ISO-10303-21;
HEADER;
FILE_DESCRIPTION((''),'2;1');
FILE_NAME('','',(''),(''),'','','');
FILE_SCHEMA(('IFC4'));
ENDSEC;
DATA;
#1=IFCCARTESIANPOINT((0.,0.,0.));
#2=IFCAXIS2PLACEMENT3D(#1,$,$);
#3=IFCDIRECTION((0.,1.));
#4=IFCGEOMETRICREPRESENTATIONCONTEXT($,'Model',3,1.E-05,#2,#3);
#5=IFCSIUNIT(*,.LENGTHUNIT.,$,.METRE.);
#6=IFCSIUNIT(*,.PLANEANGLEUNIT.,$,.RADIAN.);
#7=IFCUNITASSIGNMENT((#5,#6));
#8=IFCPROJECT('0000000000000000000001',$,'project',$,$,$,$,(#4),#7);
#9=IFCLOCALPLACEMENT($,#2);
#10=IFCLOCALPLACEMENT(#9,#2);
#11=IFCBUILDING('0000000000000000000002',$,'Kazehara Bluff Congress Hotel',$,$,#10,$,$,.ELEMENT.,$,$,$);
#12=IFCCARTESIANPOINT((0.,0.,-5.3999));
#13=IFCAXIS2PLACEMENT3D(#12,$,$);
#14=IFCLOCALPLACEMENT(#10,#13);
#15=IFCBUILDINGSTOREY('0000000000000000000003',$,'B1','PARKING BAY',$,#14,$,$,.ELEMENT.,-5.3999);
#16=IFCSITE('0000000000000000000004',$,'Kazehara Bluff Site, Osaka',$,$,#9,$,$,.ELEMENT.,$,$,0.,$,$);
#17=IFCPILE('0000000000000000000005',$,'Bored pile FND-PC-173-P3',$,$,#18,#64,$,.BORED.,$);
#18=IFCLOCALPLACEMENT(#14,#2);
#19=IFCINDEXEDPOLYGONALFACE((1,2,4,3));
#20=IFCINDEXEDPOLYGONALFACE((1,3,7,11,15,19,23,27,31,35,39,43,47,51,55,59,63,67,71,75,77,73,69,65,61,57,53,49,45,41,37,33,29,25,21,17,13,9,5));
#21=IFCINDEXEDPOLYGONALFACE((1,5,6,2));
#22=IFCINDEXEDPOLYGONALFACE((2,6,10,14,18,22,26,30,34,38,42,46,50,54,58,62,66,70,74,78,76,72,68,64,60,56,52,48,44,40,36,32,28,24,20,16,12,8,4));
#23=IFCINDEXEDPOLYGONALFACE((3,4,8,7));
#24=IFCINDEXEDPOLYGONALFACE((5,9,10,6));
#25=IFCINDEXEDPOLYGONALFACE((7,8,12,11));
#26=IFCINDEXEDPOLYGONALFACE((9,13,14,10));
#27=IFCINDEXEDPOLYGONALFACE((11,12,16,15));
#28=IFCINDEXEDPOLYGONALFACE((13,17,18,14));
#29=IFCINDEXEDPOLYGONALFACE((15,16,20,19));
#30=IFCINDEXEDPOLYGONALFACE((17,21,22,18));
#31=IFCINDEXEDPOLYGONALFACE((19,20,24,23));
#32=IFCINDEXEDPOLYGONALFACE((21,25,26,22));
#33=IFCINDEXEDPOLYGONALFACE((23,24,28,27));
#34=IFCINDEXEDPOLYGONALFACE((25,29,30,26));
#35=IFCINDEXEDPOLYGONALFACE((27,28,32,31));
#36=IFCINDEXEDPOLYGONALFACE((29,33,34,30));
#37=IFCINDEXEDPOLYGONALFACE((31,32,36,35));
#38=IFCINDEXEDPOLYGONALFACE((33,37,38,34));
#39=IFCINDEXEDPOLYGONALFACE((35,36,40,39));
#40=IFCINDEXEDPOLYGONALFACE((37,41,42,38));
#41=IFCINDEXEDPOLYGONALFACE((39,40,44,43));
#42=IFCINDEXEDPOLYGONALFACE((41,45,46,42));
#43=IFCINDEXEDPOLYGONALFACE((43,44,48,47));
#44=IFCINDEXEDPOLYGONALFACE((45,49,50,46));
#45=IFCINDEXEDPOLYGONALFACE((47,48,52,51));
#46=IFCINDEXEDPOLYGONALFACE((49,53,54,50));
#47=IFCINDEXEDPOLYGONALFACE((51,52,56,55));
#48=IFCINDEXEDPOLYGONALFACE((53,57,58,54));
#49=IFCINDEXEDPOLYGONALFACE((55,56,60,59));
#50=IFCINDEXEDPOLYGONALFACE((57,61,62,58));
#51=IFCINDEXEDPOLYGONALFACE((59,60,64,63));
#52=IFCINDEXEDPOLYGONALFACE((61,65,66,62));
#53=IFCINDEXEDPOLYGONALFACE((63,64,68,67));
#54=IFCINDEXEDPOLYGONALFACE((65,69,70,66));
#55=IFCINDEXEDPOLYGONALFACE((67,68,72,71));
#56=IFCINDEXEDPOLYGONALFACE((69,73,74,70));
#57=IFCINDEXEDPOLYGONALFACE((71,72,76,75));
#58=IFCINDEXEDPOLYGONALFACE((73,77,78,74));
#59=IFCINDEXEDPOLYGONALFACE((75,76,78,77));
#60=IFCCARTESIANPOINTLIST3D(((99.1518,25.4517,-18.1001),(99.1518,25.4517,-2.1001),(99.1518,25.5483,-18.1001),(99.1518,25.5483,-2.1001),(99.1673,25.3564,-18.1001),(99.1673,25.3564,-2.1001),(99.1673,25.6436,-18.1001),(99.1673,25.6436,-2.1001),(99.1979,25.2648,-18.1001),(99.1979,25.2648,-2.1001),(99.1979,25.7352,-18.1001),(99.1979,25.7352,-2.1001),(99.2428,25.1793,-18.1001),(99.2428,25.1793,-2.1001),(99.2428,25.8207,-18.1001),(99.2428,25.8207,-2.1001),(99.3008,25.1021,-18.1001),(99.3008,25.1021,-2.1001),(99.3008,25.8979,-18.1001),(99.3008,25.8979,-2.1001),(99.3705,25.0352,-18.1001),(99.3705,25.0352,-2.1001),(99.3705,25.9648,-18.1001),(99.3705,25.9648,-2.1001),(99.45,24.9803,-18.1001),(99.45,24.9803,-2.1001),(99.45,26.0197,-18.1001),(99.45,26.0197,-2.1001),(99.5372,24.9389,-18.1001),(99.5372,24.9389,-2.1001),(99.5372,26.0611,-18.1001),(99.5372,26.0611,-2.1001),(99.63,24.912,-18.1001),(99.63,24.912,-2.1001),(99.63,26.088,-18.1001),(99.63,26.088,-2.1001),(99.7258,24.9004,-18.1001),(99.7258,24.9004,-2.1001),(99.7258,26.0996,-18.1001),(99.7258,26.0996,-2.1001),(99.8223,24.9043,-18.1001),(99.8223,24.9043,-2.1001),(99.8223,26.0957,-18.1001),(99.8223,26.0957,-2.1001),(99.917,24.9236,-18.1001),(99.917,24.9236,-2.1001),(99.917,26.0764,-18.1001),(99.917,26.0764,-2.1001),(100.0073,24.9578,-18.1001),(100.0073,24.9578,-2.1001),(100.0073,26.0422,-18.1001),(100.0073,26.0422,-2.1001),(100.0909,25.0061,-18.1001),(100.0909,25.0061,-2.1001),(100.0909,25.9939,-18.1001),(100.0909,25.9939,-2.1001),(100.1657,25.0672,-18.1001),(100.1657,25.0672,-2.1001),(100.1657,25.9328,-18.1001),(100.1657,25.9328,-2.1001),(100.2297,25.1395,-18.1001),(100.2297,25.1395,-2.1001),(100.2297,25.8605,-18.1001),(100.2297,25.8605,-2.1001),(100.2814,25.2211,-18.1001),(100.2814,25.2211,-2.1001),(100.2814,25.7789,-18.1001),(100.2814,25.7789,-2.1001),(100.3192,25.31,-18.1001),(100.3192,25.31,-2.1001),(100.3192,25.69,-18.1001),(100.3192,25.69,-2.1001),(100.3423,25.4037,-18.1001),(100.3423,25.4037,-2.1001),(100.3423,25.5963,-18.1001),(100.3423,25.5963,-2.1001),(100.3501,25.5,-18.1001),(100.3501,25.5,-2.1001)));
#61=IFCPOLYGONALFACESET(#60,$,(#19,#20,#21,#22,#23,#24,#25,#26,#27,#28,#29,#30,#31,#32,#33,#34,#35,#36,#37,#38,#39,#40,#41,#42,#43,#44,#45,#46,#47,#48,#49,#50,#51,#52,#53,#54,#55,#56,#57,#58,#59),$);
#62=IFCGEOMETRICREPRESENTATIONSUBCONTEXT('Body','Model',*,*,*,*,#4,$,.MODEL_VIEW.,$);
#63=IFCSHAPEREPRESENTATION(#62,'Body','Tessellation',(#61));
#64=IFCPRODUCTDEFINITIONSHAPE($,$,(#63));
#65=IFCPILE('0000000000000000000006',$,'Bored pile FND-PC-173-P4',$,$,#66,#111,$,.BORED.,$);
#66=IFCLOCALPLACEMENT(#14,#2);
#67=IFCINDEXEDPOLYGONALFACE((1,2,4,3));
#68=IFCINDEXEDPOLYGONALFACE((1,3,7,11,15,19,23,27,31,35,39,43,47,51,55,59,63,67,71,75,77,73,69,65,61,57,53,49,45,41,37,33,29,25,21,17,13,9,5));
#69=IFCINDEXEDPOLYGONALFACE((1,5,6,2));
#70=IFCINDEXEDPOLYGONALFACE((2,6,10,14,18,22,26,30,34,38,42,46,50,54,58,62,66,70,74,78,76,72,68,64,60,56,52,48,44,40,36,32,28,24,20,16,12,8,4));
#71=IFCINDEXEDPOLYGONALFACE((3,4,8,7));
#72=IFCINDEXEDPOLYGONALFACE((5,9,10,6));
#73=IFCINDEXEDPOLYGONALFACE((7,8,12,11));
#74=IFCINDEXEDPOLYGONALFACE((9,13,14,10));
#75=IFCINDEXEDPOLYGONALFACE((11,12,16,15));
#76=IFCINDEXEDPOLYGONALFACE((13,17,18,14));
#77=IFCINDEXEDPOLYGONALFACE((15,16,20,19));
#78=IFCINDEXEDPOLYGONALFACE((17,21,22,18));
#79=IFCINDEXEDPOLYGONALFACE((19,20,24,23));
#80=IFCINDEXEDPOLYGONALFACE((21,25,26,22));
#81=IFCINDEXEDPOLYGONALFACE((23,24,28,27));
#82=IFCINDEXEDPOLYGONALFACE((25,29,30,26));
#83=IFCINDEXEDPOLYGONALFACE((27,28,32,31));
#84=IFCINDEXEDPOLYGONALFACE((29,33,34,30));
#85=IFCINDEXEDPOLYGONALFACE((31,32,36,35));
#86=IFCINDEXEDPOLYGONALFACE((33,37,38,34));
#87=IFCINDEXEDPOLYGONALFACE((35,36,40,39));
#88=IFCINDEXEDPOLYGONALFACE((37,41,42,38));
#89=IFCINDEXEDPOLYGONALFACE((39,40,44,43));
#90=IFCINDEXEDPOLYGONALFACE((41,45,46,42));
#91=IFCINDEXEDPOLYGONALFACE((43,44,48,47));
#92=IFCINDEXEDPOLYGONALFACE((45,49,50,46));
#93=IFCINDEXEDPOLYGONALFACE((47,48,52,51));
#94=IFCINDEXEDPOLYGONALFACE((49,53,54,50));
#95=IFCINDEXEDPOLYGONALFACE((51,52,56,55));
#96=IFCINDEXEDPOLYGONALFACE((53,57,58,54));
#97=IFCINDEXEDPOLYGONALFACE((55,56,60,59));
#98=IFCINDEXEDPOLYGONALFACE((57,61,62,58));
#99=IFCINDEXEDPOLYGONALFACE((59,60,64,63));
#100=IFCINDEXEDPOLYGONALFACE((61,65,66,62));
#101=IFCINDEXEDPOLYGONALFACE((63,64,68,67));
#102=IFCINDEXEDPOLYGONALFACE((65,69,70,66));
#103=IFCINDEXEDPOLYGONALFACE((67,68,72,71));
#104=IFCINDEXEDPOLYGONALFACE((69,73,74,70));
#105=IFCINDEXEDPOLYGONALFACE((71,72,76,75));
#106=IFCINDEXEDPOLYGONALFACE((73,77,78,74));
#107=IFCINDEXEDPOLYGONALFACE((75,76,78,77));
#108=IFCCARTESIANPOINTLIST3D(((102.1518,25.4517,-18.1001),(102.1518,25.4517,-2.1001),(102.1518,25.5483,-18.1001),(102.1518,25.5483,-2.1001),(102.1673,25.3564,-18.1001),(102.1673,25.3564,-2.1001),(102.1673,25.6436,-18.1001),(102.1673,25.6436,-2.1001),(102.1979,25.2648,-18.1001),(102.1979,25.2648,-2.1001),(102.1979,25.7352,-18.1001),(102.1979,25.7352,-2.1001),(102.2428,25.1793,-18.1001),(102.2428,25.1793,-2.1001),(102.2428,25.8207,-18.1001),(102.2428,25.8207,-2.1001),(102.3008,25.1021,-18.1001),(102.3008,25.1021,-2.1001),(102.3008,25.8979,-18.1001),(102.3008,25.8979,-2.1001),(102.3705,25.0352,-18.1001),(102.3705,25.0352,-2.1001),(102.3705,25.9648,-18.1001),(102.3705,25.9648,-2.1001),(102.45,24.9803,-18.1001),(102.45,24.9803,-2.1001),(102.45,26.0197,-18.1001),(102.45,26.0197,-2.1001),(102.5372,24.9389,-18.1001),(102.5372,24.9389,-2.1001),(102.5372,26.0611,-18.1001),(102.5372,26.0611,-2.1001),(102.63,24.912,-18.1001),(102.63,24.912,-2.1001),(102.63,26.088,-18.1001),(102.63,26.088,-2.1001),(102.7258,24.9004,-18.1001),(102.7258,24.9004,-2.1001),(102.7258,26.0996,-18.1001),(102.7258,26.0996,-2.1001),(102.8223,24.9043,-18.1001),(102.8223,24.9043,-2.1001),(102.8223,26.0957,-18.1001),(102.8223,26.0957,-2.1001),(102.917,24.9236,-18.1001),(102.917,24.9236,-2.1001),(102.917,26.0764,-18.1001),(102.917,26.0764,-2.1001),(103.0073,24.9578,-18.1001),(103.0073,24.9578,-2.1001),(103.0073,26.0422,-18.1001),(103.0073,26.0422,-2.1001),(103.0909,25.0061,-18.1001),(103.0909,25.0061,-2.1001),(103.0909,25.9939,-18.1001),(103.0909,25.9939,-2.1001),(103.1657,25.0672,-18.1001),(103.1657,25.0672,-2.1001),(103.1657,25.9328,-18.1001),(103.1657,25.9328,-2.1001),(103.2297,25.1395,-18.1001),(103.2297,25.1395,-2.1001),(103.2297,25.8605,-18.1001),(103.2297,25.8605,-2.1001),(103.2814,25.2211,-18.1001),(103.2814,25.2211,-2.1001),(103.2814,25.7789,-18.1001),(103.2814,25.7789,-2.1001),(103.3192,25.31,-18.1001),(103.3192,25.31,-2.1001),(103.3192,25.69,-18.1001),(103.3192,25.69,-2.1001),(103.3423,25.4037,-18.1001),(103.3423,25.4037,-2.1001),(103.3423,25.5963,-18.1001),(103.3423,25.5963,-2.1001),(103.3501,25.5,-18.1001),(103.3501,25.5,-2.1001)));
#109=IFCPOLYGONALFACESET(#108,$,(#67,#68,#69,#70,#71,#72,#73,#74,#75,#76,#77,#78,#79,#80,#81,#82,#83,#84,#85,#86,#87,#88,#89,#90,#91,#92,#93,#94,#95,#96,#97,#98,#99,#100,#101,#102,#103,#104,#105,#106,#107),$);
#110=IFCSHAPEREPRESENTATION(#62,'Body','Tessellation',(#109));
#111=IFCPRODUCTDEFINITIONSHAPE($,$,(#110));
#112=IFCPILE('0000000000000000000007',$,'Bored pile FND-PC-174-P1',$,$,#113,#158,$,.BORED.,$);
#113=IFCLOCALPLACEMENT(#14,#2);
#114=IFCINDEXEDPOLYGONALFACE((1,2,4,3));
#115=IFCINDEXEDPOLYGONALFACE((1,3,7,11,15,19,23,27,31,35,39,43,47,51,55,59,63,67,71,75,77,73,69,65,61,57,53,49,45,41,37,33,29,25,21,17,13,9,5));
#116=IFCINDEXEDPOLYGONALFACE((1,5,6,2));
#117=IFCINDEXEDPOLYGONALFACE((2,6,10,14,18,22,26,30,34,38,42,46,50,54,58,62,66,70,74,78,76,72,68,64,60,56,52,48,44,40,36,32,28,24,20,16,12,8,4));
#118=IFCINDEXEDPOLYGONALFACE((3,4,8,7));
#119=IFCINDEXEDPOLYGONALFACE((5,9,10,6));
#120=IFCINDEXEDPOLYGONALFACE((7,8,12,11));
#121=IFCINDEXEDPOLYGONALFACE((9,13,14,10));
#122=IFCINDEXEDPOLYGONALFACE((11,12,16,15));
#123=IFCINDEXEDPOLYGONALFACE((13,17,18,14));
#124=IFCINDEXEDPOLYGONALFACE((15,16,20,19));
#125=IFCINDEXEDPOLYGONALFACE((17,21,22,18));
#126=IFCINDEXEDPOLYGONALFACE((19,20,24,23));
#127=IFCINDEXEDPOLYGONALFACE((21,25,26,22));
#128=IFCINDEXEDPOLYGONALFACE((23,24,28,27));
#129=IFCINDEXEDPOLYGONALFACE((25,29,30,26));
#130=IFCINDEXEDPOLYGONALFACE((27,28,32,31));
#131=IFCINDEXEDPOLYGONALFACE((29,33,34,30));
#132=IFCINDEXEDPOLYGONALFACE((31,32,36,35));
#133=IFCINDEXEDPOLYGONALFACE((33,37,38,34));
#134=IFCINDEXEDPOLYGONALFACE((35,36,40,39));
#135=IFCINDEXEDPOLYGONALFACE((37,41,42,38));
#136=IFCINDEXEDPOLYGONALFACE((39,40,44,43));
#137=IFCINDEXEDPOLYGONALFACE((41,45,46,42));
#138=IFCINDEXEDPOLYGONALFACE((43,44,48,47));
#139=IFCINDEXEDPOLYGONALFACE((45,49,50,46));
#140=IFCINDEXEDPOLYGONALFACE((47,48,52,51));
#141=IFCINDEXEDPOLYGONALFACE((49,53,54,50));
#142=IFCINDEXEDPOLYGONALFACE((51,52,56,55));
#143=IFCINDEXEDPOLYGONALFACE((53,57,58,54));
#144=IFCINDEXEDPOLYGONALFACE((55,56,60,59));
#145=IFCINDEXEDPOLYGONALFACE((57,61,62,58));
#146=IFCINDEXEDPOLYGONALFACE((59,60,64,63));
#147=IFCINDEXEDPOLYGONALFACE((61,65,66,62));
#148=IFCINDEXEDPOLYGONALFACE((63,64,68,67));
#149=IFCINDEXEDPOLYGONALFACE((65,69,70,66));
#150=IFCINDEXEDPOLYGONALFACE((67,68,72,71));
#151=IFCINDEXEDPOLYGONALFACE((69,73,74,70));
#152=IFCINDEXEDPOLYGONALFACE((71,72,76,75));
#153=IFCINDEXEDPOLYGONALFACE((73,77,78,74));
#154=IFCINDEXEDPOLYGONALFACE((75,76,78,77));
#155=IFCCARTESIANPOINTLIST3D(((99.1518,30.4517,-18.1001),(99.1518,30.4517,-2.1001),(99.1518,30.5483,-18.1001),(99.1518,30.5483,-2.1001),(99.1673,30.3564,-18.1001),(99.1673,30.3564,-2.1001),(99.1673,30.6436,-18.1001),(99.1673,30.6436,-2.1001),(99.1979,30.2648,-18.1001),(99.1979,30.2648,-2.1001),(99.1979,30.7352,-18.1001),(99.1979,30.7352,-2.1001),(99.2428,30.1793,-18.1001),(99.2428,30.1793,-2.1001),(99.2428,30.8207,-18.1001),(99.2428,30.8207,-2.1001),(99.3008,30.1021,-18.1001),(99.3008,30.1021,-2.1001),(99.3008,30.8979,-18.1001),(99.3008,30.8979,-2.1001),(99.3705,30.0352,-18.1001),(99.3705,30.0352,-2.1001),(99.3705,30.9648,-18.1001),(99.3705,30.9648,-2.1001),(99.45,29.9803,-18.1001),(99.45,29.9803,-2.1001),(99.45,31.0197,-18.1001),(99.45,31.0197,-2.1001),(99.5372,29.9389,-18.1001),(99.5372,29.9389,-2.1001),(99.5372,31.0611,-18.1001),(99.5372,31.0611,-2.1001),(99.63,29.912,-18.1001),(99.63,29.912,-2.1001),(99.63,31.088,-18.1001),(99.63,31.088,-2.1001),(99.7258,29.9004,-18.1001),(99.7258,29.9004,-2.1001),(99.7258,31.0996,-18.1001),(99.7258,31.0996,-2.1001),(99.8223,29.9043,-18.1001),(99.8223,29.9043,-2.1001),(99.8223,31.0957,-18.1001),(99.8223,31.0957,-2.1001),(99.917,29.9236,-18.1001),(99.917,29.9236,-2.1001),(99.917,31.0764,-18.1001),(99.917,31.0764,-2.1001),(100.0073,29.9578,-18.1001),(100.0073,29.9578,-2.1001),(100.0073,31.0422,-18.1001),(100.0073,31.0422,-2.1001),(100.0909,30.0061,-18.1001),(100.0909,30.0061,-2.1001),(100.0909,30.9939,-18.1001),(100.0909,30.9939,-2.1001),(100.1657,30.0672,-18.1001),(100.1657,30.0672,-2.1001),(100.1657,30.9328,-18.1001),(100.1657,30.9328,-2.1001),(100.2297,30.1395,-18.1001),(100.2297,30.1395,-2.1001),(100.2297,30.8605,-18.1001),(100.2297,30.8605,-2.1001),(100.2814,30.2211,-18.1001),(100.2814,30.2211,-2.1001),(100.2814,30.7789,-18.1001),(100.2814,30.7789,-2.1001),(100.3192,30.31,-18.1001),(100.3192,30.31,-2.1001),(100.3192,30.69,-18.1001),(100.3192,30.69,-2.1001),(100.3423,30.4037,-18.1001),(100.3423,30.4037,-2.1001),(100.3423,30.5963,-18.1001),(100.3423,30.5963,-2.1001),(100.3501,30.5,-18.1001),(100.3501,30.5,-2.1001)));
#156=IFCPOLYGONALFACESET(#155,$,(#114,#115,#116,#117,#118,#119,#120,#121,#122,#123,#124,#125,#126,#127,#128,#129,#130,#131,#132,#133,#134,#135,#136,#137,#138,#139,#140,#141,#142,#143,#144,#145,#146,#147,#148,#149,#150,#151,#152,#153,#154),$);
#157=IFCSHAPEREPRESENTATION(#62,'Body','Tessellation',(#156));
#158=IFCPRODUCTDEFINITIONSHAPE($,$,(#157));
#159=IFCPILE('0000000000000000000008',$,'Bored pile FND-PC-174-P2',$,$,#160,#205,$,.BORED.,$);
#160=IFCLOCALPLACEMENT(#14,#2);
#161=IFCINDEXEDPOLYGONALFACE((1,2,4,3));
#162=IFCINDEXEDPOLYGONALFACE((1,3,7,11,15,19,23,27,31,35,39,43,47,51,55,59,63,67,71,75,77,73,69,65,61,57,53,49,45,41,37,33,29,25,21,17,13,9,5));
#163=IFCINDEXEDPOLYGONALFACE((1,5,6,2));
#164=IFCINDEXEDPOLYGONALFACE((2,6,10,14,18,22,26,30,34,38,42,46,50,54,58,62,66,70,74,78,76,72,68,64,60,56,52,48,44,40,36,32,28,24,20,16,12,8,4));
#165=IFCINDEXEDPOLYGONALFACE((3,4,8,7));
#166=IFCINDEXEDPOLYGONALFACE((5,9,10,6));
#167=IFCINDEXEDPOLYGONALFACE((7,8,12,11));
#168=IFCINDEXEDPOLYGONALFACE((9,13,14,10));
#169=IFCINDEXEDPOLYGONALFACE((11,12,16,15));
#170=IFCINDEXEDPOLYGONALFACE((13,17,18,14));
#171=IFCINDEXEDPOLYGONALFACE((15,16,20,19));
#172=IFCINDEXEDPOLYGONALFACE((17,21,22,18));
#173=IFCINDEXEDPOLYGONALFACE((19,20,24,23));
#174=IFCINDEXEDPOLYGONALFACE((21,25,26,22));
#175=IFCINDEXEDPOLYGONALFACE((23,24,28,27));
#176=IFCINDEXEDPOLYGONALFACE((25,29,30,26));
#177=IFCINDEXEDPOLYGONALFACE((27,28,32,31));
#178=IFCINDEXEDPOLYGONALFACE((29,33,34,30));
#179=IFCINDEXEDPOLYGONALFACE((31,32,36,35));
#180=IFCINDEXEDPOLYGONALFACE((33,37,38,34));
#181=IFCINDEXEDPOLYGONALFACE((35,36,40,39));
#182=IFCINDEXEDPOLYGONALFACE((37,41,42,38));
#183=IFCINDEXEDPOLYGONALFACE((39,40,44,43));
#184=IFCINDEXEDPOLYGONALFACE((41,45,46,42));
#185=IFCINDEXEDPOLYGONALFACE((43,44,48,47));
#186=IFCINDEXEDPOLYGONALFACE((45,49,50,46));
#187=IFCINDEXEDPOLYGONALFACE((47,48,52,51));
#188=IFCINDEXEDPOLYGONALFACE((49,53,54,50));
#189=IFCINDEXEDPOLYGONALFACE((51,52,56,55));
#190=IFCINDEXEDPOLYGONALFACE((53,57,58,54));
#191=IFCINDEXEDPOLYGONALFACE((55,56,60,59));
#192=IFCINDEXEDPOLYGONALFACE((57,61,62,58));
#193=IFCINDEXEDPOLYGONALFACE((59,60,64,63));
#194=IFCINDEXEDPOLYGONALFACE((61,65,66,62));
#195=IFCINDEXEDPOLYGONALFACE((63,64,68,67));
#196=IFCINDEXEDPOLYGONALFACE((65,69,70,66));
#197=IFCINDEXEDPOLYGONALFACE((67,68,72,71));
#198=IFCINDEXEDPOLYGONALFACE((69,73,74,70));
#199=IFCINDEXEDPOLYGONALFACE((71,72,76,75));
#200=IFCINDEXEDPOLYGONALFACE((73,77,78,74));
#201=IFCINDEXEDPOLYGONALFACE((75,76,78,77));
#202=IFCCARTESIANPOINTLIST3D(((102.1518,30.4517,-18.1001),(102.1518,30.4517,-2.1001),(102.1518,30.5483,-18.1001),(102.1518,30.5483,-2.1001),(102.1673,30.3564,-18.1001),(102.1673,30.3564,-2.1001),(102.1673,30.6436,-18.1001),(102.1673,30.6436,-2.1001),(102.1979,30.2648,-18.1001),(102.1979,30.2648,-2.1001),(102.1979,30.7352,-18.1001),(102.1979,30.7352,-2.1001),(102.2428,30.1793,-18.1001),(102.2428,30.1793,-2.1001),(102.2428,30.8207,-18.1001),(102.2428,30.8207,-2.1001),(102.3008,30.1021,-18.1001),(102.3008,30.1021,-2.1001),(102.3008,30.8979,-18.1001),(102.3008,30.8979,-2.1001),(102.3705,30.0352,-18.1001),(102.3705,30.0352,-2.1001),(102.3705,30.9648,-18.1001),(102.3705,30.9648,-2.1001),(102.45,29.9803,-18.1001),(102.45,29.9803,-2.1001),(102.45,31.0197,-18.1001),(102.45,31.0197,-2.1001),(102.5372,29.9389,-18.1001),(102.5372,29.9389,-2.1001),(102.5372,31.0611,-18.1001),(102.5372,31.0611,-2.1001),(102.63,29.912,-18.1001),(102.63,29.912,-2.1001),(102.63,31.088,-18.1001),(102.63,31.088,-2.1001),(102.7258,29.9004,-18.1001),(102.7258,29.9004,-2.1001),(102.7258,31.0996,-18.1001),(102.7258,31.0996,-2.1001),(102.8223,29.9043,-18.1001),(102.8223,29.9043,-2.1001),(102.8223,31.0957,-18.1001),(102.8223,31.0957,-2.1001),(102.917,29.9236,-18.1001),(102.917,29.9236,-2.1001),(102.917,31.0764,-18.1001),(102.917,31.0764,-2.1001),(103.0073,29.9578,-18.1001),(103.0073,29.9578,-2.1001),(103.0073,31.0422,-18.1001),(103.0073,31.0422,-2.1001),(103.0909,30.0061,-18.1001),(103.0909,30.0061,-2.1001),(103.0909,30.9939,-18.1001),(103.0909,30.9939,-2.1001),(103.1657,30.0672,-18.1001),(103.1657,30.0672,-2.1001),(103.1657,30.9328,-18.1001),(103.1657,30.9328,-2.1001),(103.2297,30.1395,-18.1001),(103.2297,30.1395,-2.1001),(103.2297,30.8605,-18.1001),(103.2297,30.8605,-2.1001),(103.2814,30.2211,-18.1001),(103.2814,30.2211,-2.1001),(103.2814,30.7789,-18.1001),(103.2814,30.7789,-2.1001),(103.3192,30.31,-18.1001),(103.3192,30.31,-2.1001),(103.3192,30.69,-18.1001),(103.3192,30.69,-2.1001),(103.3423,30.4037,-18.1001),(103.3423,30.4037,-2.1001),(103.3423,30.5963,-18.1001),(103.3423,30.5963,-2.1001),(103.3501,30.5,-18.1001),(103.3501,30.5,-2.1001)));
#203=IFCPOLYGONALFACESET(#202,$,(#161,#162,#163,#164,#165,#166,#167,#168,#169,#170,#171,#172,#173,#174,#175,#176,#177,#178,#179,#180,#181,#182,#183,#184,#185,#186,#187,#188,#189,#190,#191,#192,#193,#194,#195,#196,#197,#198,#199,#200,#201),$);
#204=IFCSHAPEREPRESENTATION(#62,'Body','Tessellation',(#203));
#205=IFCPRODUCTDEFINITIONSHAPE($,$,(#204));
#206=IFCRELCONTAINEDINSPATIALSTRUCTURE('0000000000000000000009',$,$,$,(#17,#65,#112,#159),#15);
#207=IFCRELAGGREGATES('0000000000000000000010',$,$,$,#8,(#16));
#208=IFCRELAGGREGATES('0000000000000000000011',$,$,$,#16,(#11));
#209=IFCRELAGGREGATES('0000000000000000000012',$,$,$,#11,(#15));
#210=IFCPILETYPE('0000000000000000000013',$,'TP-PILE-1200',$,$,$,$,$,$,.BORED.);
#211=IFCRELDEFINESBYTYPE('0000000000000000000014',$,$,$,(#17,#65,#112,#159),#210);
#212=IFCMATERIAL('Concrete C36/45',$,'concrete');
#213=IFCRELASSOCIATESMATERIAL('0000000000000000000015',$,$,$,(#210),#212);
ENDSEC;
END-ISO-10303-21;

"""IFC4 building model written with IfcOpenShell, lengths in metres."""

from ifc_helpers import new_model, si_unit, direction, frame, origin, origin_2d, place, context, subcontext, project, spatial, circle, extrude, material, material_profile, profile_set, type_object, element, save


model = new_model("IFC4")

# Units and contexts
model_context = context("Model", 3, precision=1e-05, world=origin(), true_north=direction((0.0, 1.0)))
body_context = subcontext(model_context, "Body", "Model", "MODEL_VIEW")
ifc_project = project(units=[si_unit("LENGTHUNIT", "METRE"), si_unit("PLANEANGLEUNIT", "RADIAN")], contexts=[model_context])

# Site, building, storey
site_placement = place(None, origin())
site = spatial("IfcSite", under=ifc_project, at=site_placement, Name="Kazehara Bluff Site, Osaka", CompositionType="ELEMENT", RefElevation=0.0)
building_placement = place(site_placement, origin())
building = spatial("IfcBuilding", under=site, at=building_placement, Name="Kazehara Bluff Congress Hotel", CompositionType="ELEMENT")
storey_placement = place(building_placement, frame((0.0, 0.0, -5.3999)))
storey = spatial("IfcBuildingStorey", under=building, at=storey_placement, Name="B1", Description="PARKING BAY", CompositionType="ELEMENT", Elevation=-5.3999)

# Piles
ifc_material_1 = material(Name="Concrete C36/45", Category="concrete")
ifc_material_profile_1 = material_profile(ifc_material_1, circle(Radius=0.6001, at=origin_2d()))
ifc_profile_set_1 = profile_set([ifc_material_profile_1], Name="Concrete C36/45")
pile_type = type_object("IfcPileType", Name="TP-PILE-1200", PredefinedType="BORED", material=ifc_profile_set_1)
for number, where, z_axis, x_axis, name in (
    (1, (99.75, 25.5, -2.1001), (0.0, 0.0, -1.0), (1.0, 0.0, 0.0), "Bored pile FND-PC-173-P3"),
    (2, (102.75, 25.5, -2.1001), (0.0, 0.0, -1.0), (1.0, 0.0, 0.0), "Bored pile FND-PC-173-P4"),
    (3, (99.75, 30.5, -2.1001), (0.0, 0.0, -1.0), (1.0, 0.0, 0.0), "Bored pile FND-PC-174-P1"),
    (4, (102.75, 30.5, -2.1001), (0.0, 0.0, -1.0), (1.0, 0.0, 0.0), "Bored pile FND-PC-174-P2"),
):
    element("IfcPile", number, at=place(storey_placement, frame(where, z_axis=z_axis, x_axis=x_axis)), inside=storey, type_object=pile_type, Name=name, PredefinedType="BORED", context=body_context, shape_type="SweptSolid", body=[
        extrude(circle(Radius=0.6001, at=origin_2d()), origin(), (0.0, 0.0, 1.0), 16.0),
    ])

save(model, "model.ifc")
